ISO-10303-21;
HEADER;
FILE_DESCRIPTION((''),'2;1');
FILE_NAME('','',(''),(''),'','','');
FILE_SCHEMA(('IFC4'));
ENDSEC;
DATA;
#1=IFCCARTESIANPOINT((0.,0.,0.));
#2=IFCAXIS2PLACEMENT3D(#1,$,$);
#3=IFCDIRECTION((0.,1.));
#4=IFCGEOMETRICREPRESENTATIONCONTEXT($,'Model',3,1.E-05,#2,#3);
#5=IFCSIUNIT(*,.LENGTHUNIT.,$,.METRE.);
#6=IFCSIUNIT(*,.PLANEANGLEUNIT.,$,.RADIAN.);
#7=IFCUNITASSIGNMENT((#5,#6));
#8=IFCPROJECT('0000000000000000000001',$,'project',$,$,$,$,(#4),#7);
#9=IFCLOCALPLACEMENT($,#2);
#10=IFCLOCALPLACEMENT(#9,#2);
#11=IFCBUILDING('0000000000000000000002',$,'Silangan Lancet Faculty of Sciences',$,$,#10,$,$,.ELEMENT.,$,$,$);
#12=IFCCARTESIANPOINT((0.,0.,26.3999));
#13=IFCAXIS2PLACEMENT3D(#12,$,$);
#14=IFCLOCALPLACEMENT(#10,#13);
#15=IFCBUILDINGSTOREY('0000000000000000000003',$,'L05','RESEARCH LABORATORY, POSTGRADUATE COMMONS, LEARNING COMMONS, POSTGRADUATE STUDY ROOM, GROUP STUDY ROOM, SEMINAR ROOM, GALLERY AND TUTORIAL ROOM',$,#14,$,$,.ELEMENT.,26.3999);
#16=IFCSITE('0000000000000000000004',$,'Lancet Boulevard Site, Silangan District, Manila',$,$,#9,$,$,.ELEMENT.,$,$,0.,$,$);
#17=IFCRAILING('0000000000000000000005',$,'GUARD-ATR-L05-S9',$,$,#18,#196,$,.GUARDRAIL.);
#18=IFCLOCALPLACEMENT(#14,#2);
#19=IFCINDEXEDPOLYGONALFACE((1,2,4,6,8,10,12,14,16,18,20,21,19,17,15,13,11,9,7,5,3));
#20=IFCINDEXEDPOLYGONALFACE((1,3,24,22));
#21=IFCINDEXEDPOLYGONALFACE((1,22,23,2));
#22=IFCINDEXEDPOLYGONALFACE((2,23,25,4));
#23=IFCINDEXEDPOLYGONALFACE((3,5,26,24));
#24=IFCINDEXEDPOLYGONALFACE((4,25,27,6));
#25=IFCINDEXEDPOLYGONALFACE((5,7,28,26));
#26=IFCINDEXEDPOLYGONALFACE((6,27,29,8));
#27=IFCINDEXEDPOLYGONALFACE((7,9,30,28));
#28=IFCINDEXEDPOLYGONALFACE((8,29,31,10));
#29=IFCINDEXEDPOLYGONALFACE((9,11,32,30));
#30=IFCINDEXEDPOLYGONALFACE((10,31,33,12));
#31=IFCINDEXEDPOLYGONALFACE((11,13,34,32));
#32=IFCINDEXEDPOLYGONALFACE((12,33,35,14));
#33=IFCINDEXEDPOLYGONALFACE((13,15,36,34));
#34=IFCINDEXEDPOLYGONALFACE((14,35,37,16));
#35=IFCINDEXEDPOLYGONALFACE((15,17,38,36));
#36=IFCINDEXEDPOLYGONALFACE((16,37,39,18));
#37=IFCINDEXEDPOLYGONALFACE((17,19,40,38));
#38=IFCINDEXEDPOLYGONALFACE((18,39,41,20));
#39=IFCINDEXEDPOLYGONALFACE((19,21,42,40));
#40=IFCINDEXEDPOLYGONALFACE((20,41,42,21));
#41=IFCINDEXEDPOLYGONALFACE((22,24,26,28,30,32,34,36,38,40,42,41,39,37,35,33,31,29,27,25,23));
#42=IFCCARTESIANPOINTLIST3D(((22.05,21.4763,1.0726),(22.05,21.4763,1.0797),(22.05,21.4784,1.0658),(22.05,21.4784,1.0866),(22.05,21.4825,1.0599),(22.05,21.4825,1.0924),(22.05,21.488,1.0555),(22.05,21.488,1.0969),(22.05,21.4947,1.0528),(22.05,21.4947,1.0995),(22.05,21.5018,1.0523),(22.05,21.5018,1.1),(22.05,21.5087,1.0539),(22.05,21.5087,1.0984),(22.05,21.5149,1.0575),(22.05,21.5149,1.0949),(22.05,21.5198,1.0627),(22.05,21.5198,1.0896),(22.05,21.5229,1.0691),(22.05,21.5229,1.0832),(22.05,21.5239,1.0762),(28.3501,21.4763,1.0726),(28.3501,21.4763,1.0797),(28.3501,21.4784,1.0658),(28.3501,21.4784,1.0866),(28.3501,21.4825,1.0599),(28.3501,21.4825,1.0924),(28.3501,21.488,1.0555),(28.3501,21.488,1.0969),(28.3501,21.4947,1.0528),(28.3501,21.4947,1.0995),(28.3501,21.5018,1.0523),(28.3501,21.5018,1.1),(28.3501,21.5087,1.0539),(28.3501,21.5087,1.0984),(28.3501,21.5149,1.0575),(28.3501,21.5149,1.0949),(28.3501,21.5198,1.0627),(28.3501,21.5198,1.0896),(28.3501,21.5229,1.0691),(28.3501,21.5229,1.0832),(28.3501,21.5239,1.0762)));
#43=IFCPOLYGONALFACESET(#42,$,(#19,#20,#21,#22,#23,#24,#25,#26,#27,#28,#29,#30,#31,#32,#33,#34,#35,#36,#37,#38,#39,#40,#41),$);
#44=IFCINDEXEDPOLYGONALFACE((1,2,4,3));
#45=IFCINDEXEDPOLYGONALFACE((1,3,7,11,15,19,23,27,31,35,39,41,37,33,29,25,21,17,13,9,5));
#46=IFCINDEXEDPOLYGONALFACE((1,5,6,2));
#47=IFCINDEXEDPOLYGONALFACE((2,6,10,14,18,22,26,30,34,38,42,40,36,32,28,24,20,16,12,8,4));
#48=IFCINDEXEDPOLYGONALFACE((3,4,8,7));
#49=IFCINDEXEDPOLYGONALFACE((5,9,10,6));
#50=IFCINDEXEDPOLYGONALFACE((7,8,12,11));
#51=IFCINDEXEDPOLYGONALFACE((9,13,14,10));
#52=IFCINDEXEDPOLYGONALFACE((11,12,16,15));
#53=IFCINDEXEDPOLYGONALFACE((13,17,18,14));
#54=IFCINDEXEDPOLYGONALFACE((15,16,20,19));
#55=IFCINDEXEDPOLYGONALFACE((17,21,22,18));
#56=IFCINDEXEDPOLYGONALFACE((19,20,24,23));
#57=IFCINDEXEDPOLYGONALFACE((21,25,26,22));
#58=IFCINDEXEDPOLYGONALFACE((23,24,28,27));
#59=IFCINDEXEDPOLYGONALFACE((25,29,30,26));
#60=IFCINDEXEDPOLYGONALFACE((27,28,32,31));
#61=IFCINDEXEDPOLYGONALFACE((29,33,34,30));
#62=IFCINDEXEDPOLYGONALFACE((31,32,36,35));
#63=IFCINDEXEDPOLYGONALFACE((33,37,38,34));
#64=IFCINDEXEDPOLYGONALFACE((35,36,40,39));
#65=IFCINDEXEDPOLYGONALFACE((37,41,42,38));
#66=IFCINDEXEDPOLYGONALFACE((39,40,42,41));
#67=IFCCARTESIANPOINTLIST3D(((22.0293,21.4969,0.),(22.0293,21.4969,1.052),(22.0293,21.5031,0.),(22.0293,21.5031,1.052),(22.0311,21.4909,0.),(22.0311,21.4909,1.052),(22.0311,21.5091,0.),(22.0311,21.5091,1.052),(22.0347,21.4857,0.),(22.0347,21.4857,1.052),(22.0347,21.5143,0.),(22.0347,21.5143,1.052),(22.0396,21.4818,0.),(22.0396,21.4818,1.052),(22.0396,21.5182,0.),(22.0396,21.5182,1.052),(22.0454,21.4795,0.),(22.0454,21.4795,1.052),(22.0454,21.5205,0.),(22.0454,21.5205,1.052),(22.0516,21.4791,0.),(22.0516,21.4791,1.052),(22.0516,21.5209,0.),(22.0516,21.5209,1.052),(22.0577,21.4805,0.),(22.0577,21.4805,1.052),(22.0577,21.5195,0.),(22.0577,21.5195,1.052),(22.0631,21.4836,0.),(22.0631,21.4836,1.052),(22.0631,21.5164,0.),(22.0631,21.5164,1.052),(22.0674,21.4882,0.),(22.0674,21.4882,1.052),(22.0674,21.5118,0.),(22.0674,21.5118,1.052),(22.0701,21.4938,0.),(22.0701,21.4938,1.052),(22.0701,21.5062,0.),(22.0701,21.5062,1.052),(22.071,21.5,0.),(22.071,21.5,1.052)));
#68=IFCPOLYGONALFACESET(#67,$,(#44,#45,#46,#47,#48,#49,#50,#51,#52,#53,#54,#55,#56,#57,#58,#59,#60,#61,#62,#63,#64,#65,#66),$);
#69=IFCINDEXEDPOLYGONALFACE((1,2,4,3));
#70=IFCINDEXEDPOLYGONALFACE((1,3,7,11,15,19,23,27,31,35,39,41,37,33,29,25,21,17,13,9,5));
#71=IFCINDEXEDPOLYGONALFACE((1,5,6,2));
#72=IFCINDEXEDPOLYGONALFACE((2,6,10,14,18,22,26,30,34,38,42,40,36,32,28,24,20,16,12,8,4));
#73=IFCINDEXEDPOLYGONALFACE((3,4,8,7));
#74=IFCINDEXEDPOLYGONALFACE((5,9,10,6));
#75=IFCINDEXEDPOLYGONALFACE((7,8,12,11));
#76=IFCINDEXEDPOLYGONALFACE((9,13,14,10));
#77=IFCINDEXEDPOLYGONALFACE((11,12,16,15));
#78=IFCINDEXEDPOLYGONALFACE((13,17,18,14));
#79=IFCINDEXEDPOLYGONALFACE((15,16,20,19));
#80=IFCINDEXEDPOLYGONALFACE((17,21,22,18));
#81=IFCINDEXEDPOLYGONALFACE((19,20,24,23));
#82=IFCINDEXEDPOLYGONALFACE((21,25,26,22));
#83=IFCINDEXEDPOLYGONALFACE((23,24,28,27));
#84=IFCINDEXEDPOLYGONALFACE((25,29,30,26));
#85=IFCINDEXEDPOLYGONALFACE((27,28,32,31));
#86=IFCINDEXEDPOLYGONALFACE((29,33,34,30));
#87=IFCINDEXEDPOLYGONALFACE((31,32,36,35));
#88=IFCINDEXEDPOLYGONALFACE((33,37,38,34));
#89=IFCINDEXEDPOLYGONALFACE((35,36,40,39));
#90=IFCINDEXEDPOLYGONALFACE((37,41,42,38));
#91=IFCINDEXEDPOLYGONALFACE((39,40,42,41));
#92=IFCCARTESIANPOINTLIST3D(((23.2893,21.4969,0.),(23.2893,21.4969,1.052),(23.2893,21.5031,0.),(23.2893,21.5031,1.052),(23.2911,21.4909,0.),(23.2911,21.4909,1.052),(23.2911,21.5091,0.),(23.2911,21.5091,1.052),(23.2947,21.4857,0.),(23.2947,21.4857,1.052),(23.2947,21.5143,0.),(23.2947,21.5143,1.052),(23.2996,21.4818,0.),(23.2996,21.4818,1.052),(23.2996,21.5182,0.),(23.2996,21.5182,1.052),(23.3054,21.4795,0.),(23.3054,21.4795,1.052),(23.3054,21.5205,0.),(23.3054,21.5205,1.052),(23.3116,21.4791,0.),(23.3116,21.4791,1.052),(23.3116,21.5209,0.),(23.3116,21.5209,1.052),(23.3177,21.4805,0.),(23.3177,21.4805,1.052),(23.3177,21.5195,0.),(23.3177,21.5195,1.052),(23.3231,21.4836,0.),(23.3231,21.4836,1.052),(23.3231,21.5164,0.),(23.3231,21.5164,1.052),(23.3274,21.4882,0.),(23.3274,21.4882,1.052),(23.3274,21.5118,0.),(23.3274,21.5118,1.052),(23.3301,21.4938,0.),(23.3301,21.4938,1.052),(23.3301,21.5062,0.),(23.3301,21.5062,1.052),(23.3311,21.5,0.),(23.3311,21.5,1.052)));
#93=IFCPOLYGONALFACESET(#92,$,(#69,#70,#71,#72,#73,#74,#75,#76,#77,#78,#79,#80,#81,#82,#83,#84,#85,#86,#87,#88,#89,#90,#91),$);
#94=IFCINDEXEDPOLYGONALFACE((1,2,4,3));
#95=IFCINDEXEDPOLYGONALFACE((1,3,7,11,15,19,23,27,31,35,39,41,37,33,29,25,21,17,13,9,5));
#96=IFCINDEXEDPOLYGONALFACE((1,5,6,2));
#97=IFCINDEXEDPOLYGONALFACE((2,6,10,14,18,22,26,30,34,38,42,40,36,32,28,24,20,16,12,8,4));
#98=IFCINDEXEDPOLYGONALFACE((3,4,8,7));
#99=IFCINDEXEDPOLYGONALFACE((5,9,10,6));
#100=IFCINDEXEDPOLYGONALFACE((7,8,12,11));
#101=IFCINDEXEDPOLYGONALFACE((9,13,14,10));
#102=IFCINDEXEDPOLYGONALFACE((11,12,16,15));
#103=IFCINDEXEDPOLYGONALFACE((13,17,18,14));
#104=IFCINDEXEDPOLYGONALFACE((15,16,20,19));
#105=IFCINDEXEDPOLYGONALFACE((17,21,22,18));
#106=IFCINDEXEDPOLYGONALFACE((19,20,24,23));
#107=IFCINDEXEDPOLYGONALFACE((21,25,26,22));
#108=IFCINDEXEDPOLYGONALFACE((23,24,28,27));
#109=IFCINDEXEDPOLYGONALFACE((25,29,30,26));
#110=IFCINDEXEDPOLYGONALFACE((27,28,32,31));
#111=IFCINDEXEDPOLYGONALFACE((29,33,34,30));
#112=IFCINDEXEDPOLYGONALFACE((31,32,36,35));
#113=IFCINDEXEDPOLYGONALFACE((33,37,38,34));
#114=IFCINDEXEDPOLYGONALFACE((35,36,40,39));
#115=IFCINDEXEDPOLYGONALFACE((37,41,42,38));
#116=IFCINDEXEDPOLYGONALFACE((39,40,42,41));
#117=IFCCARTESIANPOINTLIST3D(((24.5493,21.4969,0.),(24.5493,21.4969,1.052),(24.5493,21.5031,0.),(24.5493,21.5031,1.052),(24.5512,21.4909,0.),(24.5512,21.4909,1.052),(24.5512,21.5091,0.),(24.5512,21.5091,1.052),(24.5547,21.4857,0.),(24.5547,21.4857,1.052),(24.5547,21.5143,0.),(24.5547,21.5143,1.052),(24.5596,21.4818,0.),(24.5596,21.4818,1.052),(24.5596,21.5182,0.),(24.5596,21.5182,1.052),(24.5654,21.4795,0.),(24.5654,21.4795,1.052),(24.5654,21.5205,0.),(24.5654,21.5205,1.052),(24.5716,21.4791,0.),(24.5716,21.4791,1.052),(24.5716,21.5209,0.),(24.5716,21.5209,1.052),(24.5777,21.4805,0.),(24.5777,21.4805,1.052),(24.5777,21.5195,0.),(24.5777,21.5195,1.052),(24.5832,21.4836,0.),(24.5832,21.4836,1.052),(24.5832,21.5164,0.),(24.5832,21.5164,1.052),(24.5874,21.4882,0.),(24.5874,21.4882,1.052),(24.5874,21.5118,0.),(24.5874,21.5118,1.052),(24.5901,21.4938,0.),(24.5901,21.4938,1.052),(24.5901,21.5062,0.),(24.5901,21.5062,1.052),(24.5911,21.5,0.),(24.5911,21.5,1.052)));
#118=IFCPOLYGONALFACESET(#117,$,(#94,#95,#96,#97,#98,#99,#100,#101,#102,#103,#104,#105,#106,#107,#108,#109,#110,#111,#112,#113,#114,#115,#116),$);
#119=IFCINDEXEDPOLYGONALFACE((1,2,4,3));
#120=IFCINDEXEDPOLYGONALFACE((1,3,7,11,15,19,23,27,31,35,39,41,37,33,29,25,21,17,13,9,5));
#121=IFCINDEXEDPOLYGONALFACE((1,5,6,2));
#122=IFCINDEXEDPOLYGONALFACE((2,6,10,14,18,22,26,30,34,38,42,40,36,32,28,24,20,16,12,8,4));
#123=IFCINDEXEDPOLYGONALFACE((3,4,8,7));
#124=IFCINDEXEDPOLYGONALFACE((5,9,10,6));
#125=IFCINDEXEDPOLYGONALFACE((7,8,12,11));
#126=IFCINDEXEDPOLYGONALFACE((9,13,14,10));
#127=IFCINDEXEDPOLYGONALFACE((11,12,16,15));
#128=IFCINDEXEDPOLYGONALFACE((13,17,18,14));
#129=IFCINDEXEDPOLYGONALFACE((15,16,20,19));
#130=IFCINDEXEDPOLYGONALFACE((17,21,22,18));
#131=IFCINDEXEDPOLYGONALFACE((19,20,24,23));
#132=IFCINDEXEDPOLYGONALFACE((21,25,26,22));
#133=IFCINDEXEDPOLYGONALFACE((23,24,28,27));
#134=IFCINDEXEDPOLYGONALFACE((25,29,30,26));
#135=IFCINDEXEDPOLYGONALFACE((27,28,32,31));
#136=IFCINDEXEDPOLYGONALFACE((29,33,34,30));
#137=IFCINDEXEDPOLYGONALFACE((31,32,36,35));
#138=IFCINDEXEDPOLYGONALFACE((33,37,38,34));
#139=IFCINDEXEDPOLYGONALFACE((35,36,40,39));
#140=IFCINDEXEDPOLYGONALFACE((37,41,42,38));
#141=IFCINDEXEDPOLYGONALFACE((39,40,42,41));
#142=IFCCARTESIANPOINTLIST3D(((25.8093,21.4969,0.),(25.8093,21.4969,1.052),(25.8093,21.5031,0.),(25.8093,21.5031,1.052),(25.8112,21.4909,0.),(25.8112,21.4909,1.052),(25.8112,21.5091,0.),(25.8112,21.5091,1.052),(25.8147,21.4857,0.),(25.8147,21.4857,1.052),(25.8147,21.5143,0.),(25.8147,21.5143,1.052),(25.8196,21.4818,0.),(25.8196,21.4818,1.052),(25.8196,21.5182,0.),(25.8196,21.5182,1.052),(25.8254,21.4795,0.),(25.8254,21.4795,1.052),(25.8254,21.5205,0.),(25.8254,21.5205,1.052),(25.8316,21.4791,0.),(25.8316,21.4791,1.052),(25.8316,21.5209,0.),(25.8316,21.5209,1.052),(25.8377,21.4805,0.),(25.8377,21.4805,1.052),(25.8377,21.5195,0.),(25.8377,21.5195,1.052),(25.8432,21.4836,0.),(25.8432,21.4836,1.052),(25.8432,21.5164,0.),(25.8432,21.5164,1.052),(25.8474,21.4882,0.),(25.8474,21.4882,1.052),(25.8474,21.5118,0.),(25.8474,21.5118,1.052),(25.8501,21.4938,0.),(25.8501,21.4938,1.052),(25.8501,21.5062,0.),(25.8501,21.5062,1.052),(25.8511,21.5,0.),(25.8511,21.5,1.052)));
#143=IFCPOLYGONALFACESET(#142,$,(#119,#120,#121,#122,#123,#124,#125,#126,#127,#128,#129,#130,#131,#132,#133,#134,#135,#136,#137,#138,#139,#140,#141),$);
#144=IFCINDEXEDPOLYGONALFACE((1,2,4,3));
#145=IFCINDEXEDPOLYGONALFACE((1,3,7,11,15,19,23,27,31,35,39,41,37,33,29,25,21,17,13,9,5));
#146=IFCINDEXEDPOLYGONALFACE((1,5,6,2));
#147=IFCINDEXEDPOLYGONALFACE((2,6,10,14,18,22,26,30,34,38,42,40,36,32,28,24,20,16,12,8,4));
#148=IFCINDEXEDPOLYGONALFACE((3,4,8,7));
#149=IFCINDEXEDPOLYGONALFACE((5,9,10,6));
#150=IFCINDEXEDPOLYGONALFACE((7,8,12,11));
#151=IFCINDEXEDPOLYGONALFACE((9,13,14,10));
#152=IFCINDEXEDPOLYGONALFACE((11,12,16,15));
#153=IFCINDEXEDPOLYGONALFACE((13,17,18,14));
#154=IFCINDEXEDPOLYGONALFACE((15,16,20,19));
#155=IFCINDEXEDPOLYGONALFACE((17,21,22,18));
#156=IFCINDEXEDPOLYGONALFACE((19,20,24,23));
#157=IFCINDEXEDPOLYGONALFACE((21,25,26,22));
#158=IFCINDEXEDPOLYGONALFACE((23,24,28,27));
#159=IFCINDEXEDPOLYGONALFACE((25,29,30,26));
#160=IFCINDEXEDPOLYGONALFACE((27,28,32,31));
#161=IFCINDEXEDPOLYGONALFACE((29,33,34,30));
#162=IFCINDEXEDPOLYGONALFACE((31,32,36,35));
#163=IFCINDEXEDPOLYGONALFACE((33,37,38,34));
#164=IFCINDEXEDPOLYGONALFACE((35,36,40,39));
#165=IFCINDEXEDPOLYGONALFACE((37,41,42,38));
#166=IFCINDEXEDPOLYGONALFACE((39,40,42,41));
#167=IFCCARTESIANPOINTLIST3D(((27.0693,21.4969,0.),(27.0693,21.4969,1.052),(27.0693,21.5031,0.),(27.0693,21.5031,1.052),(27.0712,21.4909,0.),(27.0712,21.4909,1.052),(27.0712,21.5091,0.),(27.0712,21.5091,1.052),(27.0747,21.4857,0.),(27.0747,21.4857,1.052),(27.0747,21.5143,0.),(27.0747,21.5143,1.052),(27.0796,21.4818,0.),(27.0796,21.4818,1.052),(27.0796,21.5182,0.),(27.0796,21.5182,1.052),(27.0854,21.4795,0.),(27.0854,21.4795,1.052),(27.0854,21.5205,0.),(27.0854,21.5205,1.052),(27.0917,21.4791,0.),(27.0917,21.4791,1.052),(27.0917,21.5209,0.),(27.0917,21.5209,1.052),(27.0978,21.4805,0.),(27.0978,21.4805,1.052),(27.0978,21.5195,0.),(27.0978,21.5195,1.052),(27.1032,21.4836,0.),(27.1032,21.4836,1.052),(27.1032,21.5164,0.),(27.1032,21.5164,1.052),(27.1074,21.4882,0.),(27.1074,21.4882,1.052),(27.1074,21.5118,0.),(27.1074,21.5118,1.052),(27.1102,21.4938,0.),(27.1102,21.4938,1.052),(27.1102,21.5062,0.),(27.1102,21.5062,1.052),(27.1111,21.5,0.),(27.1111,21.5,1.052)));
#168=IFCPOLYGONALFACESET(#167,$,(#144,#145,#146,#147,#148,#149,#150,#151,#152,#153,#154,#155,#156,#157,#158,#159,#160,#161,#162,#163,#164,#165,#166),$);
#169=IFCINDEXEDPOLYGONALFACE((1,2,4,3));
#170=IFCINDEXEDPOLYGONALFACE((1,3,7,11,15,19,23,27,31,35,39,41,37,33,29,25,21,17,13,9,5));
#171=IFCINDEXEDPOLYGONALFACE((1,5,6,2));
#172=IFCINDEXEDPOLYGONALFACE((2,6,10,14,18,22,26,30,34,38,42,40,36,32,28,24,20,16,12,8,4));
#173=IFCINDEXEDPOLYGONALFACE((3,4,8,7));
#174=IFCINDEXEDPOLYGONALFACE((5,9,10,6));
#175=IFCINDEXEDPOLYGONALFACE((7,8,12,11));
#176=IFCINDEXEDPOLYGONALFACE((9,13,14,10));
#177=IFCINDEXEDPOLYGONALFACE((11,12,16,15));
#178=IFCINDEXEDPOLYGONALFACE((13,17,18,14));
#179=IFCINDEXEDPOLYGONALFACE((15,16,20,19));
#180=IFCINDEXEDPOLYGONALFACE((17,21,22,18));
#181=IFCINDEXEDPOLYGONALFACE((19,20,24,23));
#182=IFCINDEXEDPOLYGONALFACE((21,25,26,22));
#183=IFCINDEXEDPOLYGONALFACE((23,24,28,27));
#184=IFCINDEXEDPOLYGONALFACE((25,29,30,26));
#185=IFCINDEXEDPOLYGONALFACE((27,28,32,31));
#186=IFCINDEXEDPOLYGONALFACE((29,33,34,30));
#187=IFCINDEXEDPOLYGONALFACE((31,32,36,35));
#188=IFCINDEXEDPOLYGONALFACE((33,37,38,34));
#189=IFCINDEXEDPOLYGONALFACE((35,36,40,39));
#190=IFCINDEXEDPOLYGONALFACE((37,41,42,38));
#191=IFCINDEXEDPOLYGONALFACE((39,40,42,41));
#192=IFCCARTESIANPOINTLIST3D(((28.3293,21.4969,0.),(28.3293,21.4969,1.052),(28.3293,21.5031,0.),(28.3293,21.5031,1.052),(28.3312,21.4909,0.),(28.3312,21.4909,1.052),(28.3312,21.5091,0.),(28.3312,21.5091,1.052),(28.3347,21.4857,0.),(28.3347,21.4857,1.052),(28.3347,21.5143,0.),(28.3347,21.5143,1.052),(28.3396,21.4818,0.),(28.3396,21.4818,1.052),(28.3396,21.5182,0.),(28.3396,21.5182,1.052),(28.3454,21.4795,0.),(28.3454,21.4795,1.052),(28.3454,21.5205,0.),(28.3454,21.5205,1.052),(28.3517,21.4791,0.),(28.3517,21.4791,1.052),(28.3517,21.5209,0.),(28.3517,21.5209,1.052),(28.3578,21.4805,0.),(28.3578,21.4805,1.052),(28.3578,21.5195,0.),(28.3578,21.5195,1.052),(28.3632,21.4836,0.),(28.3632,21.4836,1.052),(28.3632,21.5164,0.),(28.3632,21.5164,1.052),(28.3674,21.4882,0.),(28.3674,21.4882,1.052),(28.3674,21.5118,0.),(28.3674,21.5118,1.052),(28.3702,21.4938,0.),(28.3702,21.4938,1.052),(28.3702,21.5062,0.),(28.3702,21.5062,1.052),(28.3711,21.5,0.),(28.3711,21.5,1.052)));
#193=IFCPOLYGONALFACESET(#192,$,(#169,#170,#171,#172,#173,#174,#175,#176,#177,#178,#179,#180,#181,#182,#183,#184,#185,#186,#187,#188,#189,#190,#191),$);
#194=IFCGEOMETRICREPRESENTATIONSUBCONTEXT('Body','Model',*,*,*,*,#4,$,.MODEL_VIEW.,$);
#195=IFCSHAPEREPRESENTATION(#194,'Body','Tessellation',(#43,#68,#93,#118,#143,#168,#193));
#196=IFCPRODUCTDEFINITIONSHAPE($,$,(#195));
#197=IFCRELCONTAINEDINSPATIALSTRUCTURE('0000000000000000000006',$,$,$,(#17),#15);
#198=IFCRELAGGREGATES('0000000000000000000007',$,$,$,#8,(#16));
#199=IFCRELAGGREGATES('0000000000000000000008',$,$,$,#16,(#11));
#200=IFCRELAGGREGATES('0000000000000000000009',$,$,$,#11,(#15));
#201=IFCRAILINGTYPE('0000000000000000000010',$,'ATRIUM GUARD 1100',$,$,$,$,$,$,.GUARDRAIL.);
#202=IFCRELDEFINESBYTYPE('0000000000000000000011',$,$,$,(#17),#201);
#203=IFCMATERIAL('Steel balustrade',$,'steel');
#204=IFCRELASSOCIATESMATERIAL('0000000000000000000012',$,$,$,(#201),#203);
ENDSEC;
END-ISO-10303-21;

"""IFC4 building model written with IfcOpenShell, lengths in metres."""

from ifc_helpers import new_model, si_unit, direction, frame, origin, origin_2d, place, context, subcontext, project, spatial, circle, extrude, material, type_object, element, save


model = new_model("IFC4")

# Units and contexts
model_context = context("Model", 3, precision=1e-05, world=origin(), true_north=direction((0.0, 1.0)))
body_context = subcontext(model_context, "Body", "Model", "MODEL_VIEW")
ifc_project = project(units=[si_unit("LENGTHUNIT", "METRE"), si_unit("PLANEANGLEUNIT", "RADIAN")], contexts=[model_context])

# Site, building, storey
site_placement = place(None, origin())
site = spatial("IfcSite", under=ifc_project, at=site_placement, Name="Lancet Boulevard Site, Silangan District, Manila", CompositionType="ELEMENT", RefElevation=0.0)
building_placement = place(site_placement, origin())
building = spatial("IfcBuilding", under=site, at=building_placement, Name="Silangan Lancet Faculty of Sciences", CompositionType="ELEMENT")
storey_placement = place(building_placement, frame((0.0, 0.0, 26.3999)))
storey = spatial("IfcBuildingStorey", under=building, at=storey_placement, Name="L05", Description="RESEARCH LABORATORY, POSTGRADUATE COMMONS, LEARNING COMMONS, POSTGRADUATE STUDY ROOM, GROUP STUDY ROOM, SEMINAR ROOM, GALLERY AND TUTORIAL ROOM", CompositionType="ELEMENT", Elevation=26.3999)

# Railing
ifc_material_1 = material(Name="Steel balustrade", Category="steel")
railing_type = type_object("IfcRailingType", Name="ATRIUM GUARD 1100", PredefinedType="GUARDRAIL", material=ifc_material_1)
railing_placement = place(storey_placement, frame((22.05, 21.5, 0.0)))
element("IfcRailing", 1, at=railing_placement, inside=storey, type_object=railing_type, Name="GUARD-ATR-L05-S9", PredefinedType="GUARDRAIL", context=body_context, shape_type="SweptSolid", body=[
    extrude(circle(Radius=0.0239, at=origin_2d()), frame((0.0, 0.0, 1.0762), z_axis=(1.0, 0.0, 0.0), x_axis=(0.0, 1.0, 0.0)), (0.0, 0.0, 1.0), 6.3),
    extrude(circle(Radius=0.021, at=origin_2d()), origin(), (0.0, 0.0, 1.0), 1.052),
    extrude(circle(Radius=0.021, at=origin_2d()), frame((1.26, 0.0, 0.0)), (0.0, 0.0, 1.0), 1.052),
    extrude(circle(Radius=0.021, at=origin_2d()), frame((2.52, 0.0, 0.0)), (0.0, 0.0, 1.0), 1.052),
    extrude(circle(Radius=0.021, at=origin_2d()), frame((3.78, 0.0, 0.0)), (0.0, 0.0, 1.0), 1.052),
    extrude(circle(Radius=0.021, at=origin_2d()), frame((5.04, 0.0, 0.0)), (0.0, 0.0, 1.0), 1.052),
    extrude(circle(Radius=0.021, at=origin_2d()), frame((6.3, 0.0, 0.0)), (0.0, 0.0, 1.0), 1.052),
])

save(model, "model.ifc")
